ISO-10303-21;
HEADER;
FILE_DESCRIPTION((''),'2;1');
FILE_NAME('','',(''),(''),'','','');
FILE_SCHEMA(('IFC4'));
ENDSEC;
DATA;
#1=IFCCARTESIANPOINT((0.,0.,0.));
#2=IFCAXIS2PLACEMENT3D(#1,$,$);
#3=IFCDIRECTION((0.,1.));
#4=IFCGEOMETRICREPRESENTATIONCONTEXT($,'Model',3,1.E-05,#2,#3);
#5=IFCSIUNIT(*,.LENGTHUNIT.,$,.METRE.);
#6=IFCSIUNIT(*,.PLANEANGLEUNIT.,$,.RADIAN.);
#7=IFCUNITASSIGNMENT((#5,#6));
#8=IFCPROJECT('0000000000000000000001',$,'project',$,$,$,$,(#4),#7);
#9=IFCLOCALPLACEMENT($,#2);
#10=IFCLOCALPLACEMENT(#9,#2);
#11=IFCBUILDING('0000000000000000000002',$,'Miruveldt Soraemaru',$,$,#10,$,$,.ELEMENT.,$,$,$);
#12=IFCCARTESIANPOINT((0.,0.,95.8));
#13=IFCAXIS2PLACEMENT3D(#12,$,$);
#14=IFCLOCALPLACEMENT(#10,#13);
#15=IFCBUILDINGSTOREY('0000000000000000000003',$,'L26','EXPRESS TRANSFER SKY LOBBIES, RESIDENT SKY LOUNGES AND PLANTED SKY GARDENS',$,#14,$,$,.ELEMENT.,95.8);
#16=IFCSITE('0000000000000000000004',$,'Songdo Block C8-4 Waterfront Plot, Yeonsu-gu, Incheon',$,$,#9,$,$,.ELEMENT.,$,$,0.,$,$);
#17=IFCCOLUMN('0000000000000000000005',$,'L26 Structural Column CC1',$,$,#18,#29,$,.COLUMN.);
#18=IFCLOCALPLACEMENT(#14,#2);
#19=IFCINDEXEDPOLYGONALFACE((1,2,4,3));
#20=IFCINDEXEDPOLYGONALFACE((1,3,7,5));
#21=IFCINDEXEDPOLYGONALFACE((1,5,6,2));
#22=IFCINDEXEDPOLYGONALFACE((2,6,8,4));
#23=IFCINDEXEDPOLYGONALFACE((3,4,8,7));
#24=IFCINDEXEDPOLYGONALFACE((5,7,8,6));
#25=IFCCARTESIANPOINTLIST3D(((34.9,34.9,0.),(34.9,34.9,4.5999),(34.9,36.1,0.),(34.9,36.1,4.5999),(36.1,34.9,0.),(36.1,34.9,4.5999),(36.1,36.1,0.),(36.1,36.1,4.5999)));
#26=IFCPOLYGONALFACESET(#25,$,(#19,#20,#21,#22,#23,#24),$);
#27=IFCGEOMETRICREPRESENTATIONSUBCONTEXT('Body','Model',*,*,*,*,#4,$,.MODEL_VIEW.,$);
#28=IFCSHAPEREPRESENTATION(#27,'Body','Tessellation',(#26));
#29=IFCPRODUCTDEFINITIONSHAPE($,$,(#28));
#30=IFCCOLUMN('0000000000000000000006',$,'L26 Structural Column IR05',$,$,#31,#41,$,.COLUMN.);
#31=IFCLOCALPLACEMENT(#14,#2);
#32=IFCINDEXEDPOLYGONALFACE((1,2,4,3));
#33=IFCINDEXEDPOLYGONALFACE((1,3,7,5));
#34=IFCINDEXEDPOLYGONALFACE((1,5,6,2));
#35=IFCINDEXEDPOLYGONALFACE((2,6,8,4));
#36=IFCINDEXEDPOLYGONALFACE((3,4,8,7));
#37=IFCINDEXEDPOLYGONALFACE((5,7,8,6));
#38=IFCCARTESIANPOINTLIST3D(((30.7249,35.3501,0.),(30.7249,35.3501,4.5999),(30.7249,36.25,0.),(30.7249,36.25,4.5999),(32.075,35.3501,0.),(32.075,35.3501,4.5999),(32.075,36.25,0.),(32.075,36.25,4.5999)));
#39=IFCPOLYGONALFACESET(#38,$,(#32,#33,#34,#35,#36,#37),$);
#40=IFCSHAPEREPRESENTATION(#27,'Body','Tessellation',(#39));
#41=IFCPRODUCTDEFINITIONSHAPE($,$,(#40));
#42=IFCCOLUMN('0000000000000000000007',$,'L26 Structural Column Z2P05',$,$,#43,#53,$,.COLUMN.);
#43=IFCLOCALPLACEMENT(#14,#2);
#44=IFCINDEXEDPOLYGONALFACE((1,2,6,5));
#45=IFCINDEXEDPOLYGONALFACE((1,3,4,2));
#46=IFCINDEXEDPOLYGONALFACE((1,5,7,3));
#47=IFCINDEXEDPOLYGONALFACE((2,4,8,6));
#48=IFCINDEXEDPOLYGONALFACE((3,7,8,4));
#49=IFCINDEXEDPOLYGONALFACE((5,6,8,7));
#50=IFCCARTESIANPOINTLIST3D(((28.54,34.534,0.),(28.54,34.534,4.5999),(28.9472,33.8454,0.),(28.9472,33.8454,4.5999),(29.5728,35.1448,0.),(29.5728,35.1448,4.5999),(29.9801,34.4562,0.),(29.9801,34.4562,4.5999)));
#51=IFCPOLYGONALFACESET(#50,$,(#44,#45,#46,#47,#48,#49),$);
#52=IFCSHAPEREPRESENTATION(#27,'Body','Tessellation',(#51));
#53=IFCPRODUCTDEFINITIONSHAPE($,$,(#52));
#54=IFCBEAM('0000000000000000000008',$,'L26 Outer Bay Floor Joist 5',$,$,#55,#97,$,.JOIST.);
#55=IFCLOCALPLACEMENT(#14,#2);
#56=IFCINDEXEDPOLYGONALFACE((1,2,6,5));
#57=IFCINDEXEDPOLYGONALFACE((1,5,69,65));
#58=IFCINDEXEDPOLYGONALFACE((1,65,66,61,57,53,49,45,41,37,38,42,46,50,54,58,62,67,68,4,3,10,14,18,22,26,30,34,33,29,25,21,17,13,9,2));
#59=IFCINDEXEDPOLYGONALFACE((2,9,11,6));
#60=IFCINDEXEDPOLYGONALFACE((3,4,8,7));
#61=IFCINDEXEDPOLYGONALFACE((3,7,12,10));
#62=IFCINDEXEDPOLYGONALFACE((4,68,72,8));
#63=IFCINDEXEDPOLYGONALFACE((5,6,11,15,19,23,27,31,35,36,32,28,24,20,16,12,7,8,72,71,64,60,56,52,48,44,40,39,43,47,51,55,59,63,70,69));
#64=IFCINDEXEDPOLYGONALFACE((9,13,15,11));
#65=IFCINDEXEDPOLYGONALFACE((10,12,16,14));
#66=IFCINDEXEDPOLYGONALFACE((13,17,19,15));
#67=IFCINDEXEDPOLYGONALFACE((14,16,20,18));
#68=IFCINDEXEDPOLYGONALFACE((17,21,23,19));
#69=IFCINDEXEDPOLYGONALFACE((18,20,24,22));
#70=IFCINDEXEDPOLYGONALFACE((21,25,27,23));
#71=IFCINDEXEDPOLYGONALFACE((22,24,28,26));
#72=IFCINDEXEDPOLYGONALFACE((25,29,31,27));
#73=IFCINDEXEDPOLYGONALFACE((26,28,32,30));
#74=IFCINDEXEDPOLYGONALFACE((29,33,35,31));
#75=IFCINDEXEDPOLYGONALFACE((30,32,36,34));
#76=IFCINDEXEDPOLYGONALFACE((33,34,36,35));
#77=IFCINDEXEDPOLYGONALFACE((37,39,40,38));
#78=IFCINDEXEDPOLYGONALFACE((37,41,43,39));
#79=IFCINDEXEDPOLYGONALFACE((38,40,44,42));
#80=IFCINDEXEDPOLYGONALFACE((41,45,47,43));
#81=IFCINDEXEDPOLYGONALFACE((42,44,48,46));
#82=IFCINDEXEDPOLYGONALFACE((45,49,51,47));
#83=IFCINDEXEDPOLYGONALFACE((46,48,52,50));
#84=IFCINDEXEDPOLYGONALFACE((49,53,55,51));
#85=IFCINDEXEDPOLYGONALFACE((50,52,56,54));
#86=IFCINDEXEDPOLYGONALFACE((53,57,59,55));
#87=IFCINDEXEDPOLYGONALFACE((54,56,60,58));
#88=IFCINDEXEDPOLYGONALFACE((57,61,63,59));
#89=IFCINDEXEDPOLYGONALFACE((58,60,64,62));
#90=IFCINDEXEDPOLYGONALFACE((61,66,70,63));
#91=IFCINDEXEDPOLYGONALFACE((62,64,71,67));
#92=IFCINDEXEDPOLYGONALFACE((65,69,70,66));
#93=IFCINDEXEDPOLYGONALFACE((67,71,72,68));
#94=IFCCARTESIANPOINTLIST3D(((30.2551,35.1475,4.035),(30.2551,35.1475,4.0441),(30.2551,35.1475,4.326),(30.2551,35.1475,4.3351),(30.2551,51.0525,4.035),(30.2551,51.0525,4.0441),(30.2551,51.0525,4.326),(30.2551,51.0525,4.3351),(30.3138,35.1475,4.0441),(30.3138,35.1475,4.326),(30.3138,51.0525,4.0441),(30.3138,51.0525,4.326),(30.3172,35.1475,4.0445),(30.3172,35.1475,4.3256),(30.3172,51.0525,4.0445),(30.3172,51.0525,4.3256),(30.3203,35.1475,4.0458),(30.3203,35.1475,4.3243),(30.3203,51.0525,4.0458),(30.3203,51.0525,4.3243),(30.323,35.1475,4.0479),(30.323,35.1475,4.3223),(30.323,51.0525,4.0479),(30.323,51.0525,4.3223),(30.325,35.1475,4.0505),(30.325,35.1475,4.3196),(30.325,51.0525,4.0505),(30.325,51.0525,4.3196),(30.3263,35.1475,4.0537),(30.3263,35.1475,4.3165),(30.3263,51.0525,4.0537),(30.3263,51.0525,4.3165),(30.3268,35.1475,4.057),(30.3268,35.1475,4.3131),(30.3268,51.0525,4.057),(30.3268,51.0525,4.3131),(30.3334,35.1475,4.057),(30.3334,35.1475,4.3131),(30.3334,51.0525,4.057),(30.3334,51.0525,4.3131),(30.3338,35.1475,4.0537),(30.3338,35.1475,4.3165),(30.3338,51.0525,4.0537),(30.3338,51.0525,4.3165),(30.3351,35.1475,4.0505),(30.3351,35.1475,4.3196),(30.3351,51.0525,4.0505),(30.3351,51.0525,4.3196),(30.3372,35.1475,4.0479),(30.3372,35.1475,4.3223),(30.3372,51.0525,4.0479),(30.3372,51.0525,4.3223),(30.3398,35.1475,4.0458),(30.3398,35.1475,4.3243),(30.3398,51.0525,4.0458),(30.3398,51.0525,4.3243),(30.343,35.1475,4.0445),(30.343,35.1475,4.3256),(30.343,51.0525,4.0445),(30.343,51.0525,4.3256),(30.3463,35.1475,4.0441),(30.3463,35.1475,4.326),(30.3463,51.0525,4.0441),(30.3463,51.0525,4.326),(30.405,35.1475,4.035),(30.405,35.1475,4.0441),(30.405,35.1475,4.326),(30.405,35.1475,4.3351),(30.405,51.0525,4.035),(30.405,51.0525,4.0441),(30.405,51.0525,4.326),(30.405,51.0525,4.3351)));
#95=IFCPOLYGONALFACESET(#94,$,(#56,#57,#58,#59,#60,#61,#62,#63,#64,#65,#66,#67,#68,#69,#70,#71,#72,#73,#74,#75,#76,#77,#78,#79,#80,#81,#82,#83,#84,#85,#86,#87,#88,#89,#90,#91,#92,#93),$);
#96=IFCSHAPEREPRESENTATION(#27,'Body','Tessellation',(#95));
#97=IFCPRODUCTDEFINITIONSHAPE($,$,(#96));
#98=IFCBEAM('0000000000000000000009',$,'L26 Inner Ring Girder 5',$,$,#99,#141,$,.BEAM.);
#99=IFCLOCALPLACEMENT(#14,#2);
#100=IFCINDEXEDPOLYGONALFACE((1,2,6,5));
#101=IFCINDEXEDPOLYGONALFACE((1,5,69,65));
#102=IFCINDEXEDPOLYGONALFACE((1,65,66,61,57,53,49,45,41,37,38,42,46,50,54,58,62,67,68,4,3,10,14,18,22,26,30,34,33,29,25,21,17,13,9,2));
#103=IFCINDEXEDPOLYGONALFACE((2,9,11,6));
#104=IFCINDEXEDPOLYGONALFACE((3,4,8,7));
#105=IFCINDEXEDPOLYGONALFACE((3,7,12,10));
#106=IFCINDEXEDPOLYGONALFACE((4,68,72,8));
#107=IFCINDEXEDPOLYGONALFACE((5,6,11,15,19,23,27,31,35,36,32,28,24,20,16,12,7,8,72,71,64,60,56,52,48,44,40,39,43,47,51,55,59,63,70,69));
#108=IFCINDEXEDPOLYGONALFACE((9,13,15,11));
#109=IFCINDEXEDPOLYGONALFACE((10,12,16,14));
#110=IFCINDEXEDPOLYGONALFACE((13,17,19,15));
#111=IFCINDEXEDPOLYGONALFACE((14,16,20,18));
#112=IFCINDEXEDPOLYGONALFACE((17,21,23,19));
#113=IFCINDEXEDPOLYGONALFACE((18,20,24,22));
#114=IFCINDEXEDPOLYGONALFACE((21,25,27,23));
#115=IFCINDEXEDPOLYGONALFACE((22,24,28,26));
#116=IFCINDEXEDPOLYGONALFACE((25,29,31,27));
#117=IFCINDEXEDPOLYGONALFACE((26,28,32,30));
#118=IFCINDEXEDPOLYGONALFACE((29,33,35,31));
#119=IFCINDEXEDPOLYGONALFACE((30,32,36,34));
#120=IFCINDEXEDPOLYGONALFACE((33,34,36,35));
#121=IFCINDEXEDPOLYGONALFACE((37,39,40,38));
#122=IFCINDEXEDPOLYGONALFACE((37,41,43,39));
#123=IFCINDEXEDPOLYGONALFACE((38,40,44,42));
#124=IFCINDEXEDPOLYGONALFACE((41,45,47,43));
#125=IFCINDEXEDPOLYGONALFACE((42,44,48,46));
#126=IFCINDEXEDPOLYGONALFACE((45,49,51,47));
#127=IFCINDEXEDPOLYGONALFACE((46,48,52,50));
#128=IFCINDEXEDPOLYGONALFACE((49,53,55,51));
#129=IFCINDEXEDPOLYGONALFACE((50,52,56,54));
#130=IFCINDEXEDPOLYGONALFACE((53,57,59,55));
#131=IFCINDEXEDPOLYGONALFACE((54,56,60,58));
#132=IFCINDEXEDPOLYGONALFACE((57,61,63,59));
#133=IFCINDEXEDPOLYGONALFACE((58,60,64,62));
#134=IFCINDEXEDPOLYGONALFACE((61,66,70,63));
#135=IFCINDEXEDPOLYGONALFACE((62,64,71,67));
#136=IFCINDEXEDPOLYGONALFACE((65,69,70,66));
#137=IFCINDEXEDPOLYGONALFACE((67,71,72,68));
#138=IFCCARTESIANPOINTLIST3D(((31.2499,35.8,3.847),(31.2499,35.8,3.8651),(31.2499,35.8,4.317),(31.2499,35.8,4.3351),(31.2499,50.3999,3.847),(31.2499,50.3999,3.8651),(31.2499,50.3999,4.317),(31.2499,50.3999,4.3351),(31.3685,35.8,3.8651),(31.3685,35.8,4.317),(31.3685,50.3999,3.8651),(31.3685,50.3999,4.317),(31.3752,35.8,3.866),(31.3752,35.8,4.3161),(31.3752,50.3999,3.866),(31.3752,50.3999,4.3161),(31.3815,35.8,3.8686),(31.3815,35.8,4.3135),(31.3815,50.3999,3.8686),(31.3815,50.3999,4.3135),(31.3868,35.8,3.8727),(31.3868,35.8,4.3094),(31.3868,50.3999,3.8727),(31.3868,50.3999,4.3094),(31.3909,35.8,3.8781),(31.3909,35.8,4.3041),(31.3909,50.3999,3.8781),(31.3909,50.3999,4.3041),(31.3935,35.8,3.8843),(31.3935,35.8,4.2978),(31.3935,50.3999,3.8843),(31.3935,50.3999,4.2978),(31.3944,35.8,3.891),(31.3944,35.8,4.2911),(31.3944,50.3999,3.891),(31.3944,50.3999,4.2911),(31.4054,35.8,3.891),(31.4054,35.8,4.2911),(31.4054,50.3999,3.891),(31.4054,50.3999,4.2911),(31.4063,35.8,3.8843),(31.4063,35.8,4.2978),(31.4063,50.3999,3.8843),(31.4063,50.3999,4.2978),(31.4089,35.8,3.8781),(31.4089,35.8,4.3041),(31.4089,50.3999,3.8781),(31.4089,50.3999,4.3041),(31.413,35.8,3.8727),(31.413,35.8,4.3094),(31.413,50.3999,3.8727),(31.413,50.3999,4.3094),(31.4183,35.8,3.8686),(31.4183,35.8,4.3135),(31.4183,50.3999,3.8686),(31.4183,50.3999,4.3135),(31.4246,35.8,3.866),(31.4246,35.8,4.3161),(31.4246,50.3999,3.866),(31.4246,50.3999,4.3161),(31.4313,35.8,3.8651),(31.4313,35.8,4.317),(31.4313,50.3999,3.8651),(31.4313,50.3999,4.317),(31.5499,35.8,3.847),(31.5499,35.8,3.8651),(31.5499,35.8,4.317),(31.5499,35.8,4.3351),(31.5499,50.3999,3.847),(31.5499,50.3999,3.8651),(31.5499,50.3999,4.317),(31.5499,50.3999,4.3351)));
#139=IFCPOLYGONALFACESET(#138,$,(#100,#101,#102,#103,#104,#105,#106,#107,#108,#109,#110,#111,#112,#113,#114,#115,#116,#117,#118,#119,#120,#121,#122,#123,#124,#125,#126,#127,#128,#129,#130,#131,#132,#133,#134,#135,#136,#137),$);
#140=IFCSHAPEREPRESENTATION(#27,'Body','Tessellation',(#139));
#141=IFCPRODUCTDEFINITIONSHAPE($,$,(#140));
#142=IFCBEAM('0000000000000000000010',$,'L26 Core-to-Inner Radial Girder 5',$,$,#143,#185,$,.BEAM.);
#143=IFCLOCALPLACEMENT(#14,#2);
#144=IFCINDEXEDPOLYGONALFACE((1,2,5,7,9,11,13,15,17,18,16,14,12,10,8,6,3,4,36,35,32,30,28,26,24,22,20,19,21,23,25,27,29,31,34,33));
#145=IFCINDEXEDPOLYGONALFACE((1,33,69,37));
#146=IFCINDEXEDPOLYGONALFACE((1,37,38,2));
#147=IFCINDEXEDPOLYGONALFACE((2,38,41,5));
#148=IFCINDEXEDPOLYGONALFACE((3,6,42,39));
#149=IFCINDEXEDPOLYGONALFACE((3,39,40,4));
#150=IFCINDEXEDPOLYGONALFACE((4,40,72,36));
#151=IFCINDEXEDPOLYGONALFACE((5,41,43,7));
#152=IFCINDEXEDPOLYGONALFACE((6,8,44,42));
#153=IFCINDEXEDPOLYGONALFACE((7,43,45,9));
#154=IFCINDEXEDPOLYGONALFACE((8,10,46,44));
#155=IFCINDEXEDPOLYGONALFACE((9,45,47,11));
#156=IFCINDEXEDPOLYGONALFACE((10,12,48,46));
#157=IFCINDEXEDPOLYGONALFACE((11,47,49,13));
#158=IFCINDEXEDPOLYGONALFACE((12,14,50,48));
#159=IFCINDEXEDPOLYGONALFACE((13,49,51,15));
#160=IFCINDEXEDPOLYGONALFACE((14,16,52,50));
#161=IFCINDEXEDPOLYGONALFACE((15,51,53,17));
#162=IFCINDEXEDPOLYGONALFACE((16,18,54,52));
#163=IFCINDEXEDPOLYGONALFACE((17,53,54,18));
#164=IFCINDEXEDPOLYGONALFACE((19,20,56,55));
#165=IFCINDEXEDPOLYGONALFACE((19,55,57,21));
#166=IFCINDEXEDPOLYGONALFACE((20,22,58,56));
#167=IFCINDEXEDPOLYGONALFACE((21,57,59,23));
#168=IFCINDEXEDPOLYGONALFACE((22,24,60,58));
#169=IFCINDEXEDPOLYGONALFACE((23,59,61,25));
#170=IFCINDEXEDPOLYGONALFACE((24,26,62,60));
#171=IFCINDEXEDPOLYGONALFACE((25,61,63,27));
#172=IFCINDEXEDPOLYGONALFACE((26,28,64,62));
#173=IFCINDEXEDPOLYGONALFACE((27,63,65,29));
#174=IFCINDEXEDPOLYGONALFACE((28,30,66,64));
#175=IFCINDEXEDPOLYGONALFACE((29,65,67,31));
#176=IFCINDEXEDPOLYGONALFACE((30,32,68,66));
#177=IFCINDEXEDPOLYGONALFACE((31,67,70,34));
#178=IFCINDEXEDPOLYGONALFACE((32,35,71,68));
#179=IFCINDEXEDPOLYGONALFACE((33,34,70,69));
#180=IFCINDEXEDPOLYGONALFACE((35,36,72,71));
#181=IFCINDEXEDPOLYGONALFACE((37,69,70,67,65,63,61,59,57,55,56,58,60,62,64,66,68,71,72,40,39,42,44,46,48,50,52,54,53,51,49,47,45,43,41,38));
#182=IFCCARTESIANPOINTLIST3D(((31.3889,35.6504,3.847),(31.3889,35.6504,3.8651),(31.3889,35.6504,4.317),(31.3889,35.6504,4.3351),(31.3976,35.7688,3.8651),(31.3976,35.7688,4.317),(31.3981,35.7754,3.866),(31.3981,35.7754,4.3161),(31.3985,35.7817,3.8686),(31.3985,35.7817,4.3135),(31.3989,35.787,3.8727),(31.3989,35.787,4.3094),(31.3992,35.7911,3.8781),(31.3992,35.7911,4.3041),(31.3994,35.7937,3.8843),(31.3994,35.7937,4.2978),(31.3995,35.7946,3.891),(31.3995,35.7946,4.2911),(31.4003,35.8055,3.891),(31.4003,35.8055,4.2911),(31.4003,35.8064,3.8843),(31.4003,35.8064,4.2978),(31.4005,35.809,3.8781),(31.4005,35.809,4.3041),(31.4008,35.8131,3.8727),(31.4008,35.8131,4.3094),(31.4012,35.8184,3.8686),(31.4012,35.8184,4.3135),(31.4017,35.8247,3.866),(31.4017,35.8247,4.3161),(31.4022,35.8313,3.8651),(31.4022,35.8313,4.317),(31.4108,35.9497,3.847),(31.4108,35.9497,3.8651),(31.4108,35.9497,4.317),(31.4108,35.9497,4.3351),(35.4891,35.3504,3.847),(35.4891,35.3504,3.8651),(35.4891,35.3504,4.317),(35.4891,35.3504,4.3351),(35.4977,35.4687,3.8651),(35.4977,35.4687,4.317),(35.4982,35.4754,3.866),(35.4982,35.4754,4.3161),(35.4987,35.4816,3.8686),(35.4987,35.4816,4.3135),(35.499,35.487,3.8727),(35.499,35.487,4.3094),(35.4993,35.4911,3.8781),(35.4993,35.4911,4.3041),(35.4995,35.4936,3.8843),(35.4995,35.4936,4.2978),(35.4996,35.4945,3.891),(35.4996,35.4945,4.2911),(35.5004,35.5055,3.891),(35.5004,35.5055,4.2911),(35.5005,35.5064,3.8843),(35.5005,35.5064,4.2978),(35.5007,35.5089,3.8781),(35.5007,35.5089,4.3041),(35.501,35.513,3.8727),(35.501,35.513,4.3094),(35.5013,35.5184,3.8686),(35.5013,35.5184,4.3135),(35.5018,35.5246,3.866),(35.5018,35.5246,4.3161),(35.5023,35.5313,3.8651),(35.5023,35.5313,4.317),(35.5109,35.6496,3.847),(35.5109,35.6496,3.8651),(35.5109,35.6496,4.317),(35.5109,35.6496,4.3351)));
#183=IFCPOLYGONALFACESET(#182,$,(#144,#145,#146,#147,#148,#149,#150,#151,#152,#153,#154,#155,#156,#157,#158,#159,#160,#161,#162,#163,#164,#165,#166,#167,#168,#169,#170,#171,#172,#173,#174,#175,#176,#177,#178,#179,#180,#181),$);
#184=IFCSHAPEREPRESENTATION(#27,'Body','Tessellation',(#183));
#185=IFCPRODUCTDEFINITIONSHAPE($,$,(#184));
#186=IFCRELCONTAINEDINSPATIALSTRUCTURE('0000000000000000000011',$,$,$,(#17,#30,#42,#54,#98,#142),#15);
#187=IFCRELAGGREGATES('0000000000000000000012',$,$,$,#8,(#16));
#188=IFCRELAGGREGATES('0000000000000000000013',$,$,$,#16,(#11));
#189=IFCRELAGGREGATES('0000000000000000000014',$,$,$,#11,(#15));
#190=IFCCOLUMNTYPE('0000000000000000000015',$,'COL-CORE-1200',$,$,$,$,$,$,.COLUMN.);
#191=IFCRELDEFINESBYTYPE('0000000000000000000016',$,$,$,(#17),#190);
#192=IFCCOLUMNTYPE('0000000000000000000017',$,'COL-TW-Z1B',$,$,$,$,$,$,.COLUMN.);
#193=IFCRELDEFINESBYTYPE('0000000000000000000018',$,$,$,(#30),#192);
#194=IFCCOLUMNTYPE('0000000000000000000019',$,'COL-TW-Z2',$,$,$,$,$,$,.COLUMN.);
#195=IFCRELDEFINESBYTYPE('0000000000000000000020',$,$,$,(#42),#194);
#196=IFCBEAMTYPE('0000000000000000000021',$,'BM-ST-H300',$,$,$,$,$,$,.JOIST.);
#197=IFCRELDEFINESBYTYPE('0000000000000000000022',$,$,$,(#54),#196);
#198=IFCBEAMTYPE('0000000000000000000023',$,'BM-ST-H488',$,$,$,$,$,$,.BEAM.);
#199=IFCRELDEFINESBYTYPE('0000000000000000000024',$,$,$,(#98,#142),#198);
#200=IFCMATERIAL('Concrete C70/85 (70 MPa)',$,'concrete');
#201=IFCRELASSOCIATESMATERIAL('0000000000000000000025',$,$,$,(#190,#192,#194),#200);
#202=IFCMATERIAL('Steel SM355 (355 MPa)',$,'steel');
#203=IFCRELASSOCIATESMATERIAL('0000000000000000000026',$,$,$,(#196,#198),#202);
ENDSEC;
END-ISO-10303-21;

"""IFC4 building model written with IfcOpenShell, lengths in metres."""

from ifc_helpers import new_model, si_unit, direction, frame, origin, origin_2d, place, context, subcontext, project, spatial, rectangle, i_section, extrude, material, material_profile, profile_set, type_object, element, save


model = new_model("IFC4")

# Units and contexts
model_context = context("Model", 3, precision=1e-05, world=origin(), true_north=direction((0.0, 1.0)))
body_context = subcontext(model_context, "Body", "Model", "MODEL_VIEW")
ifc_project = project(units=[si_unit("LENGTHUNIT", "METRE"), si_unit("PLANEANGLEUNIT", "RADIAN")], contexts=[model_context])

# Site, building, storey
site_placement = place(None, origin())
site = spatial("IfcSite", under=ifc_project, at=site_placement, Name="Songdo Block C8-4 Waterfront Plot, Yeonsu-gu, Incheon", CompositionType="ELEMENT", RefElevation=0.0)
building_placement = place(site_placement, origin())
building = spatial("IfcBuilding", under=site, at=building_placement, Name="Miruveldt Soraemaru", CompositionType="ELEMENT")
storey_placement = place(building_placement, frame((0.0, 0.0, 95.8)))
storey = spatial("IfcBuildingStorey", under=building, at=storey_placement, Name="L26", Description="EXPRESS TRANSFER SKY LOBBIES, RESIDENT SKY LOUNGES AND PLANTED SKY GARDENS", CompositionType="ELEMENT", Elevation=95.8)

# Columns
ifc_material_1 = material(Name="Concrete C70/85 (70 MPa)", Category="concrete")
ifc_material_profile_1 = material_profile(ifc_material_1, rectangle(XDim=1.2, YDim=1.2, at=origin_2d()), Name="Concrete C70/85 (70 MPa)", Category="concrete")
ifc_profile_set_1 = profile_set([ifc_material_profile_1], Name="Concrete C70/85 (70 MPa)")
column_type_1 = type_object("IfcColumnType", Name="COL-CORE-1200", PredefinedType="COLUMN", material=ifc_profile_set_1)
column_1_placement = place(storey_placement, frame((35.5, 35.5, 0.0), z_axis=(0.0, 0.0, 1.0), x_axis=(1.0, 0.0, 0.0)))
element("IfcColumn", 1, at=column_1_placement, inside=storey, type_object=column_type_1, Name="L26 Structural Column CC1", PredefinedType="COLUMN", context=body_context, shape_type="SweptSolid", body=[
    extrude(rectangle(XDim=1.2, YDim=1.2, at=origin_2d()), origin(), (0.0, 0.0, 1.0), 4.5999),
])
ifc_material_profile_2 = material_profile(ifc_material_1, rectangle(XDim=1.3501, YDim=0.8999, at=origin_2d()), Name="Concrete C70/85 (70 MPa)", Category="concrete")
ifc_profile_set_2 = profile_set([ifc_material_profile_2], Name="Concrete C70/85 (70 MPa)")
column_type_2 = type_object("IfcColumnType", Name="COL-TW-Z1B", PredefinedType="COLUMN", material=ifc_profile_set_2)
column_2_placement = place(storey_placement, frame((31.3999, 35.8, 0.0), z_axis=(0.0, 0.0, 1.0), x_axis=(1.0, 0.0, 0.0)))
element("IfcColumn", 2, at=column_2_placement, inside=storey, type_object=column_type_2, Name="L26 Structural Column IR05", PredefinedType="COLUMN", context=body_context, shape_type="SweptSolid", body=[
    extrude(rectangle(XDim=1.3501, YDim=0.8999, at=origin_2d()), origin(), (0.0, 0.0, 1.0), 4.5999),
])
ifc_material_profile_3 = material_profile(ifc_material_1, rectangle(XDim=1.2, YDim=0.8, at=origin_2d()), Name="Concrete C70/85 (70 MPa)", Category="concrete")
ifc_profile_set_3 = profile_set([ifc_material_profile_3], Name="Concrete C70/85 (70 MPa)")
column_type_3 = type_object("IfcColumnType", Name="COL-TW-Z2", PredefinedType="COLUMN", material=ifc_profile_set_3)
column_3_placement = place(storey_placement, frame((29.26, 34.4951, 0.0), z_axis=(0.0, 0.0, 1.0), x_axis=(0.860742, 0.509041, 0.0)))
element("IfcColumn", 3, at=column_3_placement, inside=storey, type_object=column_type_3, Name="L26 Structural Column Z2P05", PredefinedType="COLUMN", context=body_context, shape_type="SweptSolid", body=[
    extrude(rectangle(XDim=1.2, YDim=0.8, at=origin_2d()), origin(), (0.0, 0.0, 1.0), 4.5999),
])

# Beams
ifc_material_2 = material(Name="Steel SM355 (355 MPa)", Category="steel")
ifc_material_profile_4 = material_profile(ifc_material_2, i_section(OverallWidth=0.1499, OverallDepth=0.3, WebThickness=0.0066, FlangeThickness=0.009, FilletRadius=0.0129, at=origin_2d()), Name="Steel SM355 (355 MPa)", Category="steel")
ifc_profile_set_4 = profile_set([ifc_material_profile_4], Name="Steel SM355 (355 MPa)")
beam_type_1 = type_object("IfcBeamType", Name="BM-ST-H300", PredefinedType="JOIST", material=ifc_profile_set_4)
beam_1_placement = place(storey_placement, frame((30.3301, 35.1475, 4.1851), z_axis=(0.0, 1.0, 0.0), x_axis=(-1.0, 0.0, 0.0)))
element("IfcBeam", 4, at=beam_1_placement, inside=storey, type_object=beam_type_1, Name="L26 Outer Bay Floor Joist 5", PredefinedType="JOIST", context=body_context, shape_type="SweptSolid", body=[
    extrude(i_section(OverallWidth=0.1499, OverallDepth=0.3, WebThickness=0.0066, FlangeThickness=0.009, FilletRadius=0.0129, at=origin_2d()), origin(), (0.0, 0.0, 1.0), 15.905),
])
ifc_material_profile_5 = material_profile(ifc_material_2, i_section(OverallWidth=0.3, OverallDepth=0.488, WebThickness=0.011, FlangeThickness=0.0181, FilletRadius=0.0259, at=origin_2d()), Name="Steel SM355 (355 MPa)", Category="steel")
ifc_profile_set_5 = profile_set([ifc_material_profile_5], Name="Steel SM355 (355 MPa)")
beam_type_2 = type_object("IfcBeamType", Name="BM-ST-H488", PredefinedType="BEAM", material=ifc_profile_set_5)
beam_2_placement = place(storey_placement, frame((31.3999, 35.8, 4.0911), z_axis=(0.0, 1.0, 0.0), x_axis=(-1.0, 0.0, 0.0)))
element("IfcBeam", 5, at=beam_2_placement, inside=storey, type_object=beam_type_2, Name="L26 Inner Ring Girder 5", PredefinedType="BEAM", context=body_context, shape_type="SweptSolid", body=[
    extrude(i_section(OverallWidth=0.3, OverallDepth=0.488, WebThickness=0.011, FlangeThickness=0.0181, FilletRadius=0.0259, at=origin_2d()), origin(), (0.0, 0.0, 1.0), 14.5999),
])
beam_3_placement = place(storey_placement, frame((35.5, 35.5, 4.0911), z_axis=(-0.997333, 0.072986, 0.0), x_axis=(-0.072986, -0.997333, 0.0)))
element("IfcBeam", 6, at=beam_3_placement, inside=storey, type_object=beam_type_2, Name="L26 Core-to-Inner Radial Girder 5", PredefinedType="BEAM", context=body_context, shape_type="SweptSolid", body=[
    extrude(i_section(OverallWidth=0.3, OverallDepth=0.488, WebThickness=0.011, FlangeThickness=0.0181, FilletRadius=0.0259, at=origin_2d()), origin(), (0.0, 0.0, 1.0), 4.1111),
])

save(model, "model.ifc")
